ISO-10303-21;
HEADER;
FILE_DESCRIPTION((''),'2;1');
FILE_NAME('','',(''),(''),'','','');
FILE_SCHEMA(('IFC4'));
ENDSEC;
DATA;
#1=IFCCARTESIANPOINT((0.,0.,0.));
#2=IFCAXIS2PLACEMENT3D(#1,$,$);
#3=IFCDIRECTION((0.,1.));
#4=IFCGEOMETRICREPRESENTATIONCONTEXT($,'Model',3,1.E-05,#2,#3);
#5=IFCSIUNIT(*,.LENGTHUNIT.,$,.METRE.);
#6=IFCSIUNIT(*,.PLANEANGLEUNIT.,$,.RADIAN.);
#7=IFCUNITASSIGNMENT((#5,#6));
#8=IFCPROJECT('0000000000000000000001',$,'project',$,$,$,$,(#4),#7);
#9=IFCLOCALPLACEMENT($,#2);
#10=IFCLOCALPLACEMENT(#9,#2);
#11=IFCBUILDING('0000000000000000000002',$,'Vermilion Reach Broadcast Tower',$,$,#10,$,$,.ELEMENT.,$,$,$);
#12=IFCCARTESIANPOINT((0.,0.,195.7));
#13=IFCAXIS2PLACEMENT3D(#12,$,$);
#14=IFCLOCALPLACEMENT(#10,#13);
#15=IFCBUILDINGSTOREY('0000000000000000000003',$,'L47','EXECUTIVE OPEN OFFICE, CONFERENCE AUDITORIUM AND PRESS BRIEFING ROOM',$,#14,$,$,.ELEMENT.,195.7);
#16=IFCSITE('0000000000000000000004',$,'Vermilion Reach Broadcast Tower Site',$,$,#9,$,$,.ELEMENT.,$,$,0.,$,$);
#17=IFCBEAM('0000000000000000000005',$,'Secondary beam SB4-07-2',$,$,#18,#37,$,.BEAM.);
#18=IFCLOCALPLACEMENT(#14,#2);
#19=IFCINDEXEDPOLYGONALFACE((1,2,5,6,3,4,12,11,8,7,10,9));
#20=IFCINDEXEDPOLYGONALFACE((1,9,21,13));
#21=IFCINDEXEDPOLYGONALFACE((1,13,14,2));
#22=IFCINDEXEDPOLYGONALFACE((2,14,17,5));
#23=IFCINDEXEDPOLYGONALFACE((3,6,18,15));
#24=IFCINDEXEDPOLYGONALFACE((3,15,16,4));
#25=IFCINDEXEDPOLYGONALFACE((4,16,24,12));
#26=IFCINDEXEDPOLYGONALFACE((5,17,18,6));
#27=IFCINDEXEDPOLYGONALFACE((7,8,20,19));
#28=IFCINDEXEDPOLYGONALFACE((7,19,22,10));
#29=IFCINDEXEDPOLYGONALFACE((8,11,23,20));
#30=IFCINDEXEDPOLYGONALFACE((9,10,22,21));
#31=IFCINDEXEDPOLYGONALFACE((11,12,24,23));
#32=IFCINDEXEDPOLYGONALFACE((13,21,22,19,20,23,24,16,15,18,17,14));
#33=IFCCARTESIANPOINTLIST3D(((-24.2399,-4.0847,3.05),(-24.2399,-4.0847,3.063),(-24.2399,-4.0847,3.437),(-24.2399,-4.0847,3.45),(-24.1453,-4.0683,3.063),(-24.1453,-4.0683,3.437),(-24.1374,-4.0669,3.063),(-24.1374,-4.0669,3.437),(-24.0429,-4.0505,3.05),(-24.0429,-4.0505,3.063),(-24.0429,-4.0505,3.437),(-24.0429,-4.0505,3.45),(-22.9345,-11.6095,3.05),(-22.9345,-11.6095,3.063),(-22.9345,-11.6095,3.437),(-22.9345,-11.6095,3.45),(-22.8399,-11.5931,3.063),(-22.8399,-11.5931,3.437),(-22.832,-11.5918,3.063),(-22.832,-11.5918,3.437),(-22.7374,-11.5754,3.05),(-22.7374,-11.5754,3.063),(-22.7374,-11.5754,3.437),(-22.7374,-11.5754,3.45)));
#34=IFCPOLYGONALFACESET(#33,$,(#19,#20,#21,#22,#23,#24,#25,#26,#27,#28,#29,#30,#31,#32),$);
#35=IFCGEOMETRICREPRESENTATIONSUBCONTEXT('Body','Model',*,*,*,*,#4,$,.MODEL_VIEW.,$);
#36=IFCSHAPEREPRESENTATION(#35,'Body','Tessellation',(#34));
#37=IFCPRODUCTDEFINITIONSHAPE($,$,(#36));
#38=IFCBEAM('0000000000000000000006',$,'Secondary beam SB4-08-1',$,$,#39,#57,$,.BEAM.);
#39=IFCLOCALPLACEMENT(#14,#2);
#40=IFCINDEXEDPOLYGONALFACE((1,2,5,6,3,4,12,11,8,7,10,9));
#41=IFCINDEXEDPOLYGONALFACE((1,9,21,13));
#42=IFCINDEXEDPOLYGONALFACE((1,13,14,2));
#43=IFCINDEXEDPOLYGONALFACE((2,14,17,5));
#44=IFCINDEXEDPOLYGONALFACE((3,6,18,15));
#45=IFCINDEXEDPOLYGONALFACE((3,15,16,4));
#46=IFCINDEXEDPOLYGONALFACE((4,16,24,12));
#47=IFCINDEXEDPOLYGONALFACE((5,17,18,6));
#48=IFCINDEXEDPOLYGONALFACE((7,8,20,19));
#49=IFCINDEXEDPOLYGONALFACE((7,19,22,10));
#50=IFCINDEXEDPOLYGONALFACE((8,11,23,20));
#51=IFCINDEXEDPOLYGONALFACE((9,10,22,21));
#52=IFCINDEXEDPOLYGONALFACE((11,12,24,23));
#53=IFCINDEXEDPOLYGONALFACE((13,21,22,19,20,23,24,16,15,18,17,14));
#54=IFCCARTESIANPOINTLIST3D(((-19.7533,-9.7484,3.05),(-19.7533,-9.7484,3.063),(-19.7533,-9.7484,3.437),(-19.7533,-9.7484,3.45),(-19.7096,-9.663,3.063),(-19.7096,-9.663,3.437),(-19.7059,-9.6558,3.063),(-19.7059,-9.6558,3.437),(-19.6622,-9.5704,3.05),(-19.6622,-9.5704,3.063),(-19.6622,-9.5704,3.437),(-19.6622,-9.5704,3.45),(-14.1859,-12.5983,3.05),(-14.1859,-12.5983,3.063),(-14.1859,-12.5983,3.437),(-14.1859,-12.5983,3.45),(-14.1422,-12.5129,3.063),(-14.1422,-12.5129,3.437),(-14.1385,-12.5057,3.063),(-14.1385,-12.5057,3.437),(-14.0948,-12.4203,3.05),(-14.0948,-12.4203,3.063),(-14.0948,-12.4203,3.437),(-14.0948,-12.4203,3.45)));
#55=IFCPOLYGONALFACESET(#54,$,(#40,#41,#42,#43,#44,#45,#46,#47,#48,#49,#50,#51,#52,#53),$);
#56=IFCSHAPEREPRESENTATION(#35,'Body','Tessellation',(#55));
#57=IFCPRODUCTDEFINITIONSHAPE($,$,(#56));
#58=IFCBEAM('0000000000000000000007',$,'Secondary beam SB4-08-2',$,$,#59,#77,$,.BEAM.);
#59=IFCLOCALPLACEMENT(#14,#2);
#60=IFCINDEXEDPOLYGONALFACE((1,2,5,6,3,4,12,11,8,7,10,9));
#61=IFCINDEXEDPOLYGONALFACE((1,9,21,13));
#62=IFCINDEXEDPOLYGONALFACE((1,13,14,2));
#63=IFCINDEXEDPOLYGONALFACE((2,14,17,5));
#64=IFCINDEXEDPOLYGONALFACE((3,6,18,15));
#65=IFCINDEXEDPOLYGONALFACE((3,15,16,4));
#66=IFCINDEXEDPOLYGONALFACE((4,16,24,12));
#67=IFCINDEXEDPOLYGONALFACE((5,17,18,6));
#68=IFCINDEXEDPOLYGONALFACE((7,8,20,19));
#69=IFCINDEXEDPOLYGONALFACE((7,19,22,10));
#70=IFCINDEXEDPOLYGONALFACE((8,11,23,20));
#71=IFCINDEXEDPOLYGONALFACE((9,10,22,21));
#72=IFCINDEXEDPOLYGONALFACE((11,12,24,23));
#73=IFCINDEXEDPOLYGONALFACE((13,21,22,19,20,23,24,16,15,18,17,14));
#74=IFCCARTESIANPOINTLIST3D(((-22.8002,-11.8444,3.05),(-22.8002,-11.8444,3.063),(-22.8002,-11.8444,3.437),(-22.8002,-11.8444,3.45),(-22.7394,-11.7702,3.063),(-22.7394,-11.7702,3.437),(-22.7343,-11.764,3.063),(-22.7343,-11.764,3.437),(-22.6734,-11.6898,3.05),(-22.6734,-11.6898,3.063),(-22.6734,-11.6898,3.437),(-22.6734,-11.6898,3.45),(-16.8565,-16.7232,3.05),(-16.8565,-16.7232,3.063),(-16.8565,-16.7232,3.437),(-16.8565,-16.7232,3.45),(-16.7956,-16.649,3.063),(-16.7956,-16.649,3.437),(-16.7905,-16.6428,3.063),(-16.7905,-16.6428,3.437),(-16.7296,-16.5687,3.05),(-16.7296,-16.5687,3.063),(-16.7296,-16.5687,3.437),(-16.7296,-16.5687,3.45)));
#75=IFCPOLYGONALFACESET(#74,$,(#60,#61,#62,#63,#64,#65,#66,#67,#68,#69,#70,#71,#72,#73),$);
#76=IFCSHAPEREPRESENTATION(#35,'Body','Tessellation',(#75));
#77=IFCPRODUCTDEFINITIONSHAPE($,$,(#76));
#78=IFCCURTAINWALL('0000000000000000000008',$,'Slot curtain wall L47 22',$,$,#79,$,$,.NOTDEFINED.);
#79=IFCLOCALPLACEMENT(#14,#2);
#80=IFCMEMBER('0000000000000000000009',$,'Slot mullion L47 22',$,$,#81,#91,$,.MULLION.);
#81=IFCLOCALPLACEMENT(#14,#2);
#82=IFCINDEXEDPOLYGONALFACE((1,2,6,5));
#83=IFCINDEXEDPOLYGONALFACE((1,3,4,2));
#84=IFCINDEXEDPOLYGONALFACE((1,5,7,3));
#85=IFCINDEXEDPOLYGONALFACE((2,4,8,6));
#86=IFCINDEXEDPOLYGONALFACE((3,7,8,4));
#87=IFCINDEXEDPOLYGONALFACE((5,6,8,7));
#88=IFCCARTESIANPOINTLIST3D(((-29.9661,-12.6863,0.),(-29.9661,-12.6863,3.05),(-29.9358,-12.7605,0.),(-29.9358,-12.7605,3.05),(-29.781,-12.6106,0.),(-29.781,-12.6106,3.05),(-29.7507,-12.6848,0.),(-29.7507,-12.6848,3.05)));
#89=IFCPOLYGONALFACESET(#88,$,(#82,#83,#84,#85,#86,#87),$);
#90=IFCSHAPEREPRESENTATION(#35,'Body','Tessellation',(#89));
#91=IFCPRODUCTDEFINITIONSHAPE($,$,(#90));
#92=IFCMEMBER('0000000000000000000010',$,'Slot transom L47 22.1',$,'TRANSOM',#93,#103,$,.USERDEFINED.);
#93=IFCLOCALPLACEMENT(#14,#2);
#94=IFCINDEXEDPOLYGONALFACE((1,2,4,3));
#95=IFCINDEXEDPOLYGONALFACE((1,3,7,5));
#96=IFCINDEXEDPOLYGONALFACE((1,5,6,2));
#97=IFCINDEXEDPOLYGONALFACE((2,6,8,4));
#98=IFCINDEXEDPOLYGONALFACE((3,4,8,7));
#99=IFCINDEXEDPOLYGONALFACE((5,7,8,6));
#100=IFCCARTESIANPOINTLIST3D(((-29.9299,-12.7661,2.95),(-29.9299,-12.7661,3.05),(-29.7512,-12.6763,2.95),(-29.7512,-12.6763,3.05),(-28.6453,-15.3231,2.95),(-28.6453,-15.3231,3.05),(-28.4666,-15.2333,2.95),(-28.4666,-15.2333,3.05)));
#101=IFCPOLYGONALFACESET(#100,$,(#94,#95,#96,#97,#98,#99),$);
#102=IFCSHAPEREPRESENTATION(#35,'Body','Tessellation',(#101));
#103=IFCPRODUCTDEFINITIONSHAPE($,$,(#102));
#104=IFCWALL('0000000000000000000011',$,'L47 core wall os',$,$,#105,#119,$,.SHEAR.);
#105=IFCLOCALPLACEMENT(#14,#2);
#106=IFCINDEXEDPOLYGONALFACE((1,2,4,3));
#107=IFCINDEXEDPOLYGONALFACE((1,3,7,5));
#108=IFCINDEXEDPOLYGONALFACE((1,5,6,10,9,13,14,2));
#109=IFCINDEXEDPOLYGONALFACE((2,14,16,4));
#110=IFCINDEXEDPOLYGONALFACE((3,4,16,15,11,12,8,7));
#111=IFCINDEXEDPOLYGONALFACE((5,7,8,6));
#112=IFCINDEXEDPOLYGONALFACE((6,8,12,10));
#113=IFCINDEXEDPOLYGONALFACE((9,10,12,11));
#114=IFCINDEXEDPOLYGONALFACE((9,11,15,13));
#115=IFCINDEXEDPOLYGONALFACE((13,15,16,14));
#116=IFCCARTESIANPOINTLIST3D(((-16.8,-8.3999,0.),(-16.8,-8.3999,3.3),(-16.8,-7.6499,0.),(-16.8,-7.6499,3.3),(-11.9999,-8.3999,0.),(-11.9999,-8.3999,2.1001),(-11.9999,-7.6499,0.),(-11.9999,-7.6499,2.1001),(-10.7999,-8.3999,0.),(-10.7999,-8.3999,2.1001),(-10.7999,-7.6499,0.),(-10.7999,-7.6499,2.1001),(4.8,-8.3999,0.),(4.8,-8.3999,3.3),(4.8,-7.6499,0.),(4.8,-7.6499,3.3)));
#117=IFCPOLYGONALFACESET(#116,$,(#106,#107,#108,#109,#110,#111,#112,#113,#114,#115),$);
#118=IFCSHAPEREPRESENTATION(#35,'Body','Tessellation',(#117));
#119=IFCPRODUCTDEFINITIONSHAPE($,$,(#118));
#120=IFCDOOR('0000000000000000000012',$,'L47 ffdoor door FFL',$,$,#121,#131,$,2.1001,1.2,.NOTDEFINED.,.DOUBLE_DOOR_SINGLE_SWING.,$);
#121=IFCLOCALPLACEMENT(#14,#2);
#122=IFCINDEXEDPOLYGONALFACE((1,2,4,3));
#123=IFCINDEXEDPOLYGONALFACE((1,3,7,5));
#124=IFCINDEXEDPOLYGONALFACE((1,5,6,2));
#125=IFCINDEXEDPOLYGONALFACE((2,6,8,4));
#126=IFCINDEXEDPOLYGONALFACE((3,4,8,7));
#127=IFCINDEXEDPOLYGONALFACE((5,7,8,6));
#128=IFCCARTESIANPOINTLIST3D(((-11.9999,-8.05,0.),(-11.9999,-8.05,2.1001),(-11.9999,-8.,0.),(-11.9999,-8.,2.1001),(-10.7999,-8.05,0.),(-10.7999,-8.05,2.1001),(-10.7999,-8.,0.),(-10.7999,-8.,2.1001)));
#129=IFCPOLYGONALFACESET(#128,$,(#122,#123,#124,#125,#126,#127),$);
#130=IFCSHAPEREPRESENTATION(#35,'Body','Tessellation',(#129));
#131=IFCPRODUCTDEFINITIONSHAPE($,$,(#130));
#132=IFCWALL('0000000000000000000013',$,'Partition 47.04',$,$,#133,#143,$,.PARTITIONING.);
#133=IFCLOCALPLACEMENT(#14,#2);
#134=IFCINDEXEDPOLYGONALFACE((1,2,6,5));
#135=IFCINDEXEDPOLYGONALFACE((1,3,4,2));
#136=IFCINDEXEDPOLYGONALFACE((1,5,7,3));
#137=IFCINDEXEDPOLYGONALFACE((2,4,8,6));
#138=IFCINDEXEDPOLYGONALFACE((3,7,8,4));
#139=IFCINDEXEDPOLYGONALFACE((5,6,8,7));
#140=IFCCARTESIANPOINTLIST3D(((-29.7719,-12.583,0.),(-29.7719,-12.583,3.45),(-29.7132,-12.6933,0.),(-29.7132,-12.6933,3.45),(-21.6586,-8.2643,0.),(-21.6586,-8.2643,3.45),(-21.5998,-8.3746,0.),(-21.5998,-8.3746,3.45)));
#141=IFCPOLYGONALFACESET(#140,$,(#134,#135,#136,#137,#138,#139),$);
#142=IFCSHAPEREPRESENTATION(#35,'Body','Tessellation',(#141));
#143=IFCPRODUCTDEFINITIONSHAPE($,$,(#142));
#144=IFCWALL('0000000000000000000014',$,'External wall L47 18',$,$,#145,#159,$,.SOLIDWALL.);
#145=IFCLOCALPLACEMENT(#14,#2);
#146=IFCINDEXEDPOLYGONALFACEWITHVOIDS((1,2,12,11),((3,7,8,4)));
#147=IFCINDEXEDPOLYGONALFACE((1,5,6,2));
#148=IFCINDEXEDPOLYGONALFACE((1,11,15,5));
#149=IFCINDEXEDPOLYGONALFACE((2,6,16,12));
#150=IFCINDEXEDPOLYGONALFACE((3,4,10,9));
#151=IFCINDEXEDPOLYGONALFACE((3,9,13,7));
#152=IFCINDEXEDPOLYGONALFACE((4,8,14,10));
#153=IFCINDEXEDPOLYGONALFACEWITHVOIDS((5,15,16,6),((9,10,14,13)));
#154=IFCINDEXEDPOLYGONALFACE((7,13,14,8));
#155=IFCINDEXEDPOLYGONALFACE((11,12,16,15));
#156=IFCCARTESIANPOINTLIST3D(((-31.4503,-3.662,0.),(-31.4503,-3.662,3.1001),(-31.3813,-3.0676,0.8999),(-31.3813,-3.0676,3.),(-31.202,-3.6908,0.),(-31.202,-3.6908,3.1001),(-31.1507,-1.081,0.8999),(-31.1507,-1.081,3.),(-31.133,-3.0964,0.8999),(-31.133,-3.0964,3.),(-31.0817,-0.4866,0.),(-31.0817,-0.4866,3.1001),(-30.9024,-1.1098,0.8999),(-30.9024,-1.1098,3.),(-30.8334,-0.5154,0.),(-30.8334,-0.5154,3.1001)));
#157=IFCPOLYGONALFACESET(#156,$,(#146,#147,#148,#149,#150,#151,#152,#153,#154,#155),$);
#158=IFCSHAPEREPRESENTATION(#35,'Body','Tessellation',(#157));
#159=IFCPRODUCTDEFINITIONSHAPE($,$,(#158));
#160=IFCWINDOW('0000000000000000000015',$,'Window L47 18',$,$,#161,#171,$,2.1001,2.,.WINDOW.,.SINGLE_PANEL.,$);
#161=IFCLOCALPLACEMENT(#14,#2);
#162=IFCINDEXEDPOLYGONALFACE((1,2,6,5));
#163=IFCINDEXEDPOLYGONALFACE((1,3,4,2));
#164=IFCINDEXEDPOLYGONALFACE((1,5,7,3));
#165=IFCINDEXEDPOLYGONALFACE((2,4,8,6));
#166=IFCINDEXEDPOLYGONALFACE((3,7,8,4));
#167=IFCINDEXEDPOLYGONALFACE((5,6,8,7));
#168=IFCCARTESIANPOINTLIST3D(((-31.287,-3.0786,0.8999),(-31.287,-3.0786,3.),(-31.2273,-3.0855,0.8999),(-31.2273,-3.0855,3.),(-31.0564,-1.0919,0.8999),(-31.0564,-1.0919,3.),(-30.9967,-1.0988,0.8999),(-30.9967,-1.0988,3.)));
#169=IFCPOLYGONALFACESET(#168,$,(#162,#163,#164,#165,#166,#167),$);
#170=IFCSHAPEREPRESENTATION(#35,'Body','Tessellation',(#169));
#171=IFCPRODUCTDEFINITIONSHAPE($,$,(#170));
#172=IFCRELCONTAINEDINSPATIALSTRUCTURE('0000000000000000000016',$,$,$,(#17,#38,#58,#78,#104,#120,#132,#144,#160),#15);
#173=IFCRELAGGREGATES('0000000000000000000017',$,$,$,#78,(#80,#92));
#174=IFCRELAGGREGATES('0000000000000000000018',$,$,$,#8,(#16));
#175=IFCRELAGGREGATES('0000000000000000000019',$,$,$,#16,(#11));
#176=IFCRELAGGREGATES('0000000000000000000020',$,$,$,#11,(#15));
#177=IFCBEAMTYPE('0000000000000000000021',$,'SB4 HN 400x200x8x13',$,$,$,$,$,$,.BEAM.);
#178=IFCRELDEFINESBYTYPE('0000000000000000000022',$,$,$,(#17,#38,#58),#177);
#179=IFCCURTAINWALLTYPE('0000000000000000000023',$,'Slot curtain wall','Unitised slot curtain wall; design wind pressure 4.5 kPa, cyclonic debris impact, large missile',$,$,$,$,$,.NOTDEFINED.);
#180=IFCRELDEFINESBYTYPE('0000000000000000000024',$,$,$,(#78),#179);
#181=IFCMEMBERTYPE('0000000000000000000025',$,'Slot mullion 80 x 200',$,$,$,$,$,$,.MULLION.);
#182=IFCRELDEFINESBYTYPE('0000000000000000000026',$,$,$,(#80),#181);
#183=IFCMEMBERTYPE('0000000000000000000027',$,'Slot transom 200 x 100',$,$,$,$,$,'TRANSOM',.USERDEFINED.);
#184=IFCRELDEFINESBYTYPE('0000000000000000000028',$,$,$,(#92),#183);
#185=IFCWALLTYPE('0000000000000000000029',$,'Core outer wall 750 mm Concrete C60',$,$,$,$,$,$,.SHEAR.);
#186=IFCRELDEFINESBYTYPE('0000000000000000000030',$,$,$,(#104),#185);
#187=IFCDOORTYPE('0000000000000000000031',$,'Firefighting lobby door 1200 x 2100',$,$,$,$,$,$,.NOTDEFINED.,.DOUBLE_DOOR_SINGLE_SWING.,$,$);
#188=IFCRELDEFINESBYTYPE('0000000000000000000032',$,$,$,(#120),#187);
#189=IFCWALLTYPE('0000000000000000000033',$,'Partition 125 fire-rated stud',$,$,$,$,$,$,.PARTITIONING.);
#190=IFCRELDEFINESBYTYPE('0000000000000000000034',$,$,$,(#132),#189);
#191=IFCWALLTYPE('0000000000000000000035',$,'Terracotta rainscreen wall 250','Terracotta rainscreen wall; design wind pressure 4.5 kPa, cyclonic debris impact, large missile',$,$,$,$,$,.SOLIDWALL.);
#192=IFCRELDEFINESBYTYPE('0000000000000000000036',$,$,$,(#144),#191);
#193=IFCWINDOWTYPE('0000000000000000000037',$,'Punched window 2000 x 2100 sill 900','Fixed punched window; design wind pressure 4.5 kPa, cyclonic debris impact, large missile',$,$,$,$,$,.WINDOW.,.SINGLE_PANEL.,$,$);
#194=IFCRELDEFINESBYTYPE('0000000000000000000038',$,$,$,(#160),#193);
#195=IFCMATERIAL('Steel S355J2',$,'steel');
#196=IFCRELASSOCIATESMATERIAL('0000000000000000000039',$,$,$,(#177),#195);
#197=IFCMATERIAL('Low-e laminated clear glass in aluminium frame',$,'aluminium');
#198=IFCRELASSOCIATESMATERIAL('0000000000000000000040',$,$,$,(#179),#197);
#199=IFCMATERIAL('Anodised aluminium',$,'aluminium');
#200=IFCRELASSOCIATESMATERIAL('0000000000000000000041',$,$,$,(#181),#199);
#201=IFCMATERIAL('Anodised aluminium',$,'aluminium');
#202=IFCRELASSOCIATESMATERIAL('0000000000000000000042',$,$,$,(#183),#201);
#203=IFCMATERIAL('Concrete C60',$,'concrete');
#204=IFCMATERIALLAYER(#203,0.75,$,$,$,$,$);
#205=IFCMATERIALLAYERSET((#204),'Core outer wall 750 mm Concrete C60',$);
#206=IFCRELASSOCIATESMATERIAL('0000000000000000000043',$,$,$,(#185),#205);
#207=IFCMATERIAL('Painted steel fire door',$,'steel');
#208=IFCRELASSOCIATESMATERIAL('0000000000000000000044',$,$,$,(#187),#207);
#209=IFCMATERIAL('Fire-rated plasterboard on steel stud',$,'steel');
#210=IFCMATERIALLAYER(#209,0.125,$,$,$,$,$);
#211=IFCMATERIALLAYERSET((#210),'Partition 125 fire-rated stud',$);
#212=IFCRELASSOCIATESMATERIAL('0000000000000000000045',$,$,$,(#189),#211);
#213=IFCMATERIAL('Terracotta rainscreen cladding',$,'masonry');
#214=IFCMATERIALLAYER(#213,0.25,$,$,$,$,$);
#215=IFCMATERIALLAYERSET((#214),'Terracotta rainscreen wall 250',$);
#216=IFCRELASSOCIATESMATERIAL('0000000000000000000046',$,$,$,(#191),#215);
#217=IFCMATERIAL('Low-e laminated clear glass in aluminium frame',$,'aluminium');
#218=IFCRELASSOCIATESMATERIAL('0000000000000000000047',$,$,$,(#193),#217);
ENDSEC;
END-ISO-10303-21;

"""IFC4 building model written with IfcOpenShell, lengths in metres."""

from ifc_helpers import new_model, si_unit, direction, frame, frame_2d, origin, origin_2d, place, context, subcontext, project, spatial, rectangle, i_section, extrude, material, layer, layer_set, material_profile, profile_set, type_object, element, fill, aggregate, save


model = new_model("IFC4")

# Units and contexts
model_context = context("Model", 3, precision=1e-05, world=origin(), true_north=direction((0.0, 1.0)))
body_context = subcontext(model_context, "Body", "Model", "MODEL_VIEW")
ifc_project = project(units=[si_unit("LENGTHUNIT", "METRE"), si_unit("PLANEANGLEUNIT", "RADIAN")], contexts=[model_context])

# Site, building, storey
site_placement = place(None, origin())
site = spatial("IfcSite", under=ifc_project, at=site_placement, Name="Vermilion Reach Broadcast Tower Site", CompositionType="ELEMENT", RefElevation=0.0)
building_placement = place(site_placement, origin())
building = spatial("IfcBuilding", under=site, at=building_placement, Name="Vermilion Reach Broadcast Tower", CompositionType="ELEMENT")
storey_placement = place(building_placement, frame((0.0, 0.0, 195.7)))
storey = spatial("IfcBuildingStorey", under=building, at=storey_placement, Name="L47", Description="EXECUTIVE OPEN OFFICE, CONFERENCE AUDITORIUM AND PRESS BRIEFING ROOM", CompositionType="ELEMENT", Elevation=195.7)

# Beams
ifc_material_1 = material(Name="Steel S355J2", Category="steel")
ifc_material_profile_1 = material_profile(ifc_material_1, i_section(OverallWidth=0.2, OverallDepth=0.3999, WebThickness=0.0081, FlangeThickness=0.0129, at=origin_2d()), Name="S355J2 HN 400x200x8x13")
ifc_profile_set_1 = profile_set([ifc_material_profile_1], Name="Steel S355J2")
beam_type_1 = type_object("IfcBeamType", Name="SB4 HN 400x200x8x13", PredefinedType="BEAM", material=ifc_profile_set_1)
beam_1_placement = place(storey_placement, frame((-24.1414, -4.0676, 3.25), z_axis=(0.170927, -0.985284, 0.0), x_axis=(0.985284, 0.170927, 0.0)))
element("IfcBeam", 1, at=beam_1_placement, inside=storey, type_object=beam_type_1, Name="Secondary beam SB4-07-2", PredefinedType="BEAM", context=body_context, shape_type="SweptSolid", body=[
    extrude(i_section(OverallWidth=0.2, OverallDepth=0.3999, WebThickness=0.0081, FlangeThickness=0.0129, at=origin_2d()), origin(), (0.0, 0.0, 1.0), 7.6372),
])
beam_2_placement = place(storey_placement, frame((-19.7078, -9.6594, 3.25), z_axis=(0.890156, -0.455656, 0.0), x_axis=(0.455656, 0.890156, 0.0)))
element("IfcBeam", 2, at=beam_2_placement, inside=storey, type_object=beam_type_1, Name="Secondary beam SB4-08-1", PredefinedType="BEAM", context=body_context, shape_type="SweptSolid", body=[
    extrude(i_section(OverallWidth=0.2, OverallDepth=0.3999, WebThickness=0.0081, FlangeThickness=0.0129, at=origin_2d()), origin(), (0.0, 0.0, 1.0), 6.2544),
])
beam_3_placement = place(storey_placement, frame((-22.7368, -11.7671, 3.25), z_axis=(0.772952, -0.634465, 0.0), x_axis=(0.634465, 0.772952, 0.0)))
element("IfcBeam", 3, at=beam_3_placement, inside=storey, type_object=beam_type_1, Name="Secondary beam SB4-08-2", PredefinedType="BEAM", context=body_context, shape_type="SweptSolid", body=[
    extrude(i_section(OverallWidth=0.2, OverallDepth=0.3999, WebThickness=0.0081, FlangeThickness=0.0129, at=origin_2d()), origin(), (0.0, 0.0, 1.0), 7.6897),
])

# Curtain wall, members
ifc_material_2 = material(Name="Low-e laminated clear glass in aluminium frame", Category="aluminium")
curtain_wall_type = type_object("IfcCurtainWallType", Name="Slot curtain wall", Description="Unitised slot curtain wall; design wind pressure 4.5 kPa, cyclonic debris impact, large missile", PredefinedType="NOTDEFINED", material=ifc_material_2)
curtain_wall_placement = place(storey_placement, origin())
curtain_wall = element("IfcCurtainWall", 4, at=curtain_wall_placement, inside=storey, type_object=curtain_wall_type, Name="Slot curtain wall L47 22", PredefinedType="NOTDEFINED")
ifc_material_3 = material(Name="Anodised aluminium", Category="aluminium")
ifc_material_profile_2 = material_profile(ifc_material_3, rectangle(XDim=0.2, YDim=0.0801, at=origin_2d()), Name="Slot mullion 80 x 200")
ifc_profile_set_2 = profile_set([ifc_material_profile_2], Name="Anodised aluminium")
member_type_1 = type_object("IfcMemberType", Name="Slot mullion 80 x 200", PredefinedType="MULLION", material=ifc_profile_set_2)
member_1_placement = place(storey_placement, frame((-29.8584, -12.6855, 0.0), z_axis=(0.0, 0.0, 1.0), x_axis=(0.925563, 0.378593, 0.0)))
member_1 = element("IfcMember", 5, at=member_1_placement, type_object=member_type_1, Name="Slot mullion L47 22", PredefinedType="MULLION", context=body_context, shape_type="SweptSolid", body=[
    extrude(rectangle(XDim=0.2, YDim=0.0801, at=origin_2d()), origin(), (0.0, 0.0, 1.0), 3.05),
])
ifc_material_4 = material(Name="Anodised aluminium", Category="aluminium")
ifc_material_profile_3 = material_profile(ifc_material_4, rectangle(XDim=0.2, YDim=0.1001, at=origin_2d()), Name="Slot transom 200 x 100")
ifc_profile_set_3 = profile_set([ifc_material_profile_3], Name="Anodised aluminium")
member_type_2 = type_object("IfcMemberType", Name="Slot transom 200 x 100", ElementType="TRANSOM", PredefinedType="USERDEFINED", material=ifc_profile_set_3)
member_2_placement = place(storey_placement, frame((-29.8406, -12.7212, 3.0), z_axis=(0.448919, -0.893572, 0.0), x_axis=(0.893572, 0.448919, 0.0)))
member_2 = element("IfcMember", 6, at=member_2_placement, type_object=member_type_2, Name="Slot transom L47 22.1", ObjectType="TRANSOM", PredefinedType="USERDEFINED", context=body_context, shape_type="SweptSolid", body=[
    extrude(rectangle(XDim=0.2, YDim=0.1001, at=origin_2d()), origin(), (0.0, 0.0, 1.0), 2.8616),
])
aggregate(curtain_wall, [member_1, member_2])

# Wall, opening, door
ifc_material_5 = material(Name="Concrete C60", Category="concrete")
ifc_layer_1 = layer(ifc_material_5, 0.75)
ifc_layer_set_1 = layer_set([ifc_layer_1], Name="Core outer wall 750 mm Concrete C60")
wall_type_1 = type_object("IfcWallType", Name="Core outer wall 750 mm Concrete C60", PredefinedType="SHEAR", material=ifc_layer_set_1)
wall_1_placement = place(storey_placement, frame((-16.8, -8.0249, 0.0), z_axis=(0.0, 0.0, 1.0), x_axis=(1.0, 0.0, 0.0)))
wall_1 = element("IfcWall", 7, at=wall_1_placement, inside=storey, type_object=wall_type_1, Name="L47 core wall os", PredefinedType="SHEAR", context=body_context, shape_type="SweptSolid", body=[
    extrude(rectangle(XDim=21.6001, YDim=0.75, at=frame_2d((10.8, 0.0))), origin(), (0.0, 0.0, 1.0), 3.3),
])
opening_1_placement = place(wall_1_placement, frame((4.8, 0.0, 0.0)))
opening_1 = element("IfcOpeningElement", 8, at=opening_1_placement, cuts=wall_1, PredefinedType="OPENING", context=body_context, shape_type="SweptSolid", body=[
    extrude(rectangle(XDim=1.2, YDim=2.1001, at=frame_2d((0.6001, 1.05))), frame((0.0, 0.385, 0.0), z_axis=(0.0, -1.0, 0.0), x_axis=(1.0, 0.0, 0.0)), (0.0, 0.0, 1.0), 0.77),
])
ifc_material_6 = material(Name="Painted steel fire door", Category="steel")
door_type_1 = type_object("IfcDoorType", Name="Firefighting lobby door 1200 x 2100", OperationType="DOUBLE_DOOR_SINGLE_SWING", PredefinedType="NOTDEFINED", material=ifc_material_6)
door_1_placement = place(opening_1_placement, origin())
door_1 = element("IfcDoor", 9, at=door_1_placement, inside=storey, type_object=door_type_1, Name="L47 ffdoor door FFL", OperationType="DOUBLE_DOOR_SINGLE_SWING", OverallHeight=2.1001, OverallWidth=1.2, PredefinedType="NOTDEFINED", context=body_context, shape_type="SweptSolid", body=[
    extrude(rectangle(XDim=1.2, YDim=2.1001, at=frame_2d((0.6001, 1.05))), frame((0.0, 0.0249, 0.0), z_axis=(0.0, -1.0, 0.0), x_axis=(1.0, 0.0, 0.0)), (0.0, 0.0, 1.0), 0.05),
])
fill(opening_1, door_1)

# Wall
ifc_material_7 = material(Name="Fire-rated plasterboard on steel stud", Category="steel")
ifc_layer_2 = layer(ifc_material_7, 0.125)
ifc_layer_set_2 = layer_set([ifc_layer_2], Name="Partition 125 fire-rated stud")
wall_type_2 = type_object("IfcWallType", Name="Partition 125 fire-rated stud", PredefinedType="PARTITIONING", material=ifc_layer_set_2)
wall_2_placement = place(storey_placement, frame((-29.7427, -12.6382, 0.0), z_axis=(0.0, 0.0, 1.0), x_axis=(0.882736, 0.46987, 0.0)))
element("IfcWall", 10, at=wall_2_placement, inside=storey, type_object=wall_type_2, Name="Partition 47.04", PredefinedType="PARTITIONING", context=body_context, shape_type="SweptSolid", body=[
    extrude(rectangle(XDim=9.1912, YDim=0.125, at=frame_2d((4.5957, 0.0))), origin(), (0.0, 0.0, 1.0), 3.45),
])

# Wall, opening, window
ifc_material_8 = material(Name="Terracotta rainscreen cladding", Category="masonry")
ifc_layer_3 = layer(ifc_material_8, 0.25)
ifc_layer_set_3 = layer_set([ifc_layer_3], Name="Terracotta rainscreen wall 250")
wall_type_3 = type_object("IfcWallType", Name="Terracotta rainscreen wall 250", Description="Terracotta rainscreen wall; design wind pressure 4.5 kPa, cyclonic debris impact, large missile", PredefinedType="SOLIDWALL", material=ifc_layer_set_3)
wall_3_placement = place(storey_placement, frame((-30.9575, -0.501, 0.0), z_axis=(0.0, 0.0, 1.0), x_axis=(-0.115317, -0.993329, 0.0)))
wall_3 = element("IfcWall", 11, at=wall_3_placement, inside=storey, type_object=wall_type_3, Name="External wall L47 18", PredefinedType="SOLIDWALL", context=body_context, shape_type="SweptSolid", body=[
    extrude(rectangle(XDim=3.1968, YDim=0.25, at=frame_2d((1.5984, 0.0))), origin(), (0.0, 0.0, 1.0), 3.1001),
])
opening_2_placement = place(wall_3_placement, frame((0.5984, 0.0, 0.8999)))
opening_2 = element("IfcOpeningElement", 12, at=opening_2_placement, cuts=wall_3, PredefinedType="OPENING", context=body_context, shape_type="SweptSolid", body=[
    extrude(rectangle(XDim=2.0, YDim=2.1001, at=frame_2d((1.0, 1.05))), frame((0.0, 0.135, 0.0), z_axis=(0.0, -1.0, 0.0), x_axis=(1.0, 0.0, 0.0)), (0.0, 0.0, 1.0), 0.27),
])
ifc_material_9 = material(Name="Low-e laminated clear glass in aluminium frame", Category="aluminium")
window_type = type_object("IfcWindowType", Name="Punched window 2000 x 2100 sill 900", Description="Fixed punched window; design wind pressure 4.5 kPa, cyclonic debris impact, large missile", PartitioningType="SINGLE_PANEL", PredefinedType="WINDOW", material=ifc_material_9)
window_1_placement = place(opening_2_placement, origin())
window_1 = element("IfcWindow", 13, at=window_1_placement, inside=storey, type_object=window_type, Name="Window L47 18", OverallHeight=2.1001, OverallWidth=2.0, PartitioningType="SINGLE_PANEL", PredefinedType="WINDOW", context=body_context, shape_type="SweptSolid", body=[
    extrude(rectangle(XDim=2.0, YDim=2.1001, at=frame_2d((1.0, 1.05))), frame((0.0, 0.03, 0.0), z_axis=(0.0, -1.0, 0.0), x_axis=(1.0, 0.0, 0.0)), (0.0, 0.0, 1.0), 0.0601),
])
fill(opening_2, window_1)

save(model, "model.ifc")
